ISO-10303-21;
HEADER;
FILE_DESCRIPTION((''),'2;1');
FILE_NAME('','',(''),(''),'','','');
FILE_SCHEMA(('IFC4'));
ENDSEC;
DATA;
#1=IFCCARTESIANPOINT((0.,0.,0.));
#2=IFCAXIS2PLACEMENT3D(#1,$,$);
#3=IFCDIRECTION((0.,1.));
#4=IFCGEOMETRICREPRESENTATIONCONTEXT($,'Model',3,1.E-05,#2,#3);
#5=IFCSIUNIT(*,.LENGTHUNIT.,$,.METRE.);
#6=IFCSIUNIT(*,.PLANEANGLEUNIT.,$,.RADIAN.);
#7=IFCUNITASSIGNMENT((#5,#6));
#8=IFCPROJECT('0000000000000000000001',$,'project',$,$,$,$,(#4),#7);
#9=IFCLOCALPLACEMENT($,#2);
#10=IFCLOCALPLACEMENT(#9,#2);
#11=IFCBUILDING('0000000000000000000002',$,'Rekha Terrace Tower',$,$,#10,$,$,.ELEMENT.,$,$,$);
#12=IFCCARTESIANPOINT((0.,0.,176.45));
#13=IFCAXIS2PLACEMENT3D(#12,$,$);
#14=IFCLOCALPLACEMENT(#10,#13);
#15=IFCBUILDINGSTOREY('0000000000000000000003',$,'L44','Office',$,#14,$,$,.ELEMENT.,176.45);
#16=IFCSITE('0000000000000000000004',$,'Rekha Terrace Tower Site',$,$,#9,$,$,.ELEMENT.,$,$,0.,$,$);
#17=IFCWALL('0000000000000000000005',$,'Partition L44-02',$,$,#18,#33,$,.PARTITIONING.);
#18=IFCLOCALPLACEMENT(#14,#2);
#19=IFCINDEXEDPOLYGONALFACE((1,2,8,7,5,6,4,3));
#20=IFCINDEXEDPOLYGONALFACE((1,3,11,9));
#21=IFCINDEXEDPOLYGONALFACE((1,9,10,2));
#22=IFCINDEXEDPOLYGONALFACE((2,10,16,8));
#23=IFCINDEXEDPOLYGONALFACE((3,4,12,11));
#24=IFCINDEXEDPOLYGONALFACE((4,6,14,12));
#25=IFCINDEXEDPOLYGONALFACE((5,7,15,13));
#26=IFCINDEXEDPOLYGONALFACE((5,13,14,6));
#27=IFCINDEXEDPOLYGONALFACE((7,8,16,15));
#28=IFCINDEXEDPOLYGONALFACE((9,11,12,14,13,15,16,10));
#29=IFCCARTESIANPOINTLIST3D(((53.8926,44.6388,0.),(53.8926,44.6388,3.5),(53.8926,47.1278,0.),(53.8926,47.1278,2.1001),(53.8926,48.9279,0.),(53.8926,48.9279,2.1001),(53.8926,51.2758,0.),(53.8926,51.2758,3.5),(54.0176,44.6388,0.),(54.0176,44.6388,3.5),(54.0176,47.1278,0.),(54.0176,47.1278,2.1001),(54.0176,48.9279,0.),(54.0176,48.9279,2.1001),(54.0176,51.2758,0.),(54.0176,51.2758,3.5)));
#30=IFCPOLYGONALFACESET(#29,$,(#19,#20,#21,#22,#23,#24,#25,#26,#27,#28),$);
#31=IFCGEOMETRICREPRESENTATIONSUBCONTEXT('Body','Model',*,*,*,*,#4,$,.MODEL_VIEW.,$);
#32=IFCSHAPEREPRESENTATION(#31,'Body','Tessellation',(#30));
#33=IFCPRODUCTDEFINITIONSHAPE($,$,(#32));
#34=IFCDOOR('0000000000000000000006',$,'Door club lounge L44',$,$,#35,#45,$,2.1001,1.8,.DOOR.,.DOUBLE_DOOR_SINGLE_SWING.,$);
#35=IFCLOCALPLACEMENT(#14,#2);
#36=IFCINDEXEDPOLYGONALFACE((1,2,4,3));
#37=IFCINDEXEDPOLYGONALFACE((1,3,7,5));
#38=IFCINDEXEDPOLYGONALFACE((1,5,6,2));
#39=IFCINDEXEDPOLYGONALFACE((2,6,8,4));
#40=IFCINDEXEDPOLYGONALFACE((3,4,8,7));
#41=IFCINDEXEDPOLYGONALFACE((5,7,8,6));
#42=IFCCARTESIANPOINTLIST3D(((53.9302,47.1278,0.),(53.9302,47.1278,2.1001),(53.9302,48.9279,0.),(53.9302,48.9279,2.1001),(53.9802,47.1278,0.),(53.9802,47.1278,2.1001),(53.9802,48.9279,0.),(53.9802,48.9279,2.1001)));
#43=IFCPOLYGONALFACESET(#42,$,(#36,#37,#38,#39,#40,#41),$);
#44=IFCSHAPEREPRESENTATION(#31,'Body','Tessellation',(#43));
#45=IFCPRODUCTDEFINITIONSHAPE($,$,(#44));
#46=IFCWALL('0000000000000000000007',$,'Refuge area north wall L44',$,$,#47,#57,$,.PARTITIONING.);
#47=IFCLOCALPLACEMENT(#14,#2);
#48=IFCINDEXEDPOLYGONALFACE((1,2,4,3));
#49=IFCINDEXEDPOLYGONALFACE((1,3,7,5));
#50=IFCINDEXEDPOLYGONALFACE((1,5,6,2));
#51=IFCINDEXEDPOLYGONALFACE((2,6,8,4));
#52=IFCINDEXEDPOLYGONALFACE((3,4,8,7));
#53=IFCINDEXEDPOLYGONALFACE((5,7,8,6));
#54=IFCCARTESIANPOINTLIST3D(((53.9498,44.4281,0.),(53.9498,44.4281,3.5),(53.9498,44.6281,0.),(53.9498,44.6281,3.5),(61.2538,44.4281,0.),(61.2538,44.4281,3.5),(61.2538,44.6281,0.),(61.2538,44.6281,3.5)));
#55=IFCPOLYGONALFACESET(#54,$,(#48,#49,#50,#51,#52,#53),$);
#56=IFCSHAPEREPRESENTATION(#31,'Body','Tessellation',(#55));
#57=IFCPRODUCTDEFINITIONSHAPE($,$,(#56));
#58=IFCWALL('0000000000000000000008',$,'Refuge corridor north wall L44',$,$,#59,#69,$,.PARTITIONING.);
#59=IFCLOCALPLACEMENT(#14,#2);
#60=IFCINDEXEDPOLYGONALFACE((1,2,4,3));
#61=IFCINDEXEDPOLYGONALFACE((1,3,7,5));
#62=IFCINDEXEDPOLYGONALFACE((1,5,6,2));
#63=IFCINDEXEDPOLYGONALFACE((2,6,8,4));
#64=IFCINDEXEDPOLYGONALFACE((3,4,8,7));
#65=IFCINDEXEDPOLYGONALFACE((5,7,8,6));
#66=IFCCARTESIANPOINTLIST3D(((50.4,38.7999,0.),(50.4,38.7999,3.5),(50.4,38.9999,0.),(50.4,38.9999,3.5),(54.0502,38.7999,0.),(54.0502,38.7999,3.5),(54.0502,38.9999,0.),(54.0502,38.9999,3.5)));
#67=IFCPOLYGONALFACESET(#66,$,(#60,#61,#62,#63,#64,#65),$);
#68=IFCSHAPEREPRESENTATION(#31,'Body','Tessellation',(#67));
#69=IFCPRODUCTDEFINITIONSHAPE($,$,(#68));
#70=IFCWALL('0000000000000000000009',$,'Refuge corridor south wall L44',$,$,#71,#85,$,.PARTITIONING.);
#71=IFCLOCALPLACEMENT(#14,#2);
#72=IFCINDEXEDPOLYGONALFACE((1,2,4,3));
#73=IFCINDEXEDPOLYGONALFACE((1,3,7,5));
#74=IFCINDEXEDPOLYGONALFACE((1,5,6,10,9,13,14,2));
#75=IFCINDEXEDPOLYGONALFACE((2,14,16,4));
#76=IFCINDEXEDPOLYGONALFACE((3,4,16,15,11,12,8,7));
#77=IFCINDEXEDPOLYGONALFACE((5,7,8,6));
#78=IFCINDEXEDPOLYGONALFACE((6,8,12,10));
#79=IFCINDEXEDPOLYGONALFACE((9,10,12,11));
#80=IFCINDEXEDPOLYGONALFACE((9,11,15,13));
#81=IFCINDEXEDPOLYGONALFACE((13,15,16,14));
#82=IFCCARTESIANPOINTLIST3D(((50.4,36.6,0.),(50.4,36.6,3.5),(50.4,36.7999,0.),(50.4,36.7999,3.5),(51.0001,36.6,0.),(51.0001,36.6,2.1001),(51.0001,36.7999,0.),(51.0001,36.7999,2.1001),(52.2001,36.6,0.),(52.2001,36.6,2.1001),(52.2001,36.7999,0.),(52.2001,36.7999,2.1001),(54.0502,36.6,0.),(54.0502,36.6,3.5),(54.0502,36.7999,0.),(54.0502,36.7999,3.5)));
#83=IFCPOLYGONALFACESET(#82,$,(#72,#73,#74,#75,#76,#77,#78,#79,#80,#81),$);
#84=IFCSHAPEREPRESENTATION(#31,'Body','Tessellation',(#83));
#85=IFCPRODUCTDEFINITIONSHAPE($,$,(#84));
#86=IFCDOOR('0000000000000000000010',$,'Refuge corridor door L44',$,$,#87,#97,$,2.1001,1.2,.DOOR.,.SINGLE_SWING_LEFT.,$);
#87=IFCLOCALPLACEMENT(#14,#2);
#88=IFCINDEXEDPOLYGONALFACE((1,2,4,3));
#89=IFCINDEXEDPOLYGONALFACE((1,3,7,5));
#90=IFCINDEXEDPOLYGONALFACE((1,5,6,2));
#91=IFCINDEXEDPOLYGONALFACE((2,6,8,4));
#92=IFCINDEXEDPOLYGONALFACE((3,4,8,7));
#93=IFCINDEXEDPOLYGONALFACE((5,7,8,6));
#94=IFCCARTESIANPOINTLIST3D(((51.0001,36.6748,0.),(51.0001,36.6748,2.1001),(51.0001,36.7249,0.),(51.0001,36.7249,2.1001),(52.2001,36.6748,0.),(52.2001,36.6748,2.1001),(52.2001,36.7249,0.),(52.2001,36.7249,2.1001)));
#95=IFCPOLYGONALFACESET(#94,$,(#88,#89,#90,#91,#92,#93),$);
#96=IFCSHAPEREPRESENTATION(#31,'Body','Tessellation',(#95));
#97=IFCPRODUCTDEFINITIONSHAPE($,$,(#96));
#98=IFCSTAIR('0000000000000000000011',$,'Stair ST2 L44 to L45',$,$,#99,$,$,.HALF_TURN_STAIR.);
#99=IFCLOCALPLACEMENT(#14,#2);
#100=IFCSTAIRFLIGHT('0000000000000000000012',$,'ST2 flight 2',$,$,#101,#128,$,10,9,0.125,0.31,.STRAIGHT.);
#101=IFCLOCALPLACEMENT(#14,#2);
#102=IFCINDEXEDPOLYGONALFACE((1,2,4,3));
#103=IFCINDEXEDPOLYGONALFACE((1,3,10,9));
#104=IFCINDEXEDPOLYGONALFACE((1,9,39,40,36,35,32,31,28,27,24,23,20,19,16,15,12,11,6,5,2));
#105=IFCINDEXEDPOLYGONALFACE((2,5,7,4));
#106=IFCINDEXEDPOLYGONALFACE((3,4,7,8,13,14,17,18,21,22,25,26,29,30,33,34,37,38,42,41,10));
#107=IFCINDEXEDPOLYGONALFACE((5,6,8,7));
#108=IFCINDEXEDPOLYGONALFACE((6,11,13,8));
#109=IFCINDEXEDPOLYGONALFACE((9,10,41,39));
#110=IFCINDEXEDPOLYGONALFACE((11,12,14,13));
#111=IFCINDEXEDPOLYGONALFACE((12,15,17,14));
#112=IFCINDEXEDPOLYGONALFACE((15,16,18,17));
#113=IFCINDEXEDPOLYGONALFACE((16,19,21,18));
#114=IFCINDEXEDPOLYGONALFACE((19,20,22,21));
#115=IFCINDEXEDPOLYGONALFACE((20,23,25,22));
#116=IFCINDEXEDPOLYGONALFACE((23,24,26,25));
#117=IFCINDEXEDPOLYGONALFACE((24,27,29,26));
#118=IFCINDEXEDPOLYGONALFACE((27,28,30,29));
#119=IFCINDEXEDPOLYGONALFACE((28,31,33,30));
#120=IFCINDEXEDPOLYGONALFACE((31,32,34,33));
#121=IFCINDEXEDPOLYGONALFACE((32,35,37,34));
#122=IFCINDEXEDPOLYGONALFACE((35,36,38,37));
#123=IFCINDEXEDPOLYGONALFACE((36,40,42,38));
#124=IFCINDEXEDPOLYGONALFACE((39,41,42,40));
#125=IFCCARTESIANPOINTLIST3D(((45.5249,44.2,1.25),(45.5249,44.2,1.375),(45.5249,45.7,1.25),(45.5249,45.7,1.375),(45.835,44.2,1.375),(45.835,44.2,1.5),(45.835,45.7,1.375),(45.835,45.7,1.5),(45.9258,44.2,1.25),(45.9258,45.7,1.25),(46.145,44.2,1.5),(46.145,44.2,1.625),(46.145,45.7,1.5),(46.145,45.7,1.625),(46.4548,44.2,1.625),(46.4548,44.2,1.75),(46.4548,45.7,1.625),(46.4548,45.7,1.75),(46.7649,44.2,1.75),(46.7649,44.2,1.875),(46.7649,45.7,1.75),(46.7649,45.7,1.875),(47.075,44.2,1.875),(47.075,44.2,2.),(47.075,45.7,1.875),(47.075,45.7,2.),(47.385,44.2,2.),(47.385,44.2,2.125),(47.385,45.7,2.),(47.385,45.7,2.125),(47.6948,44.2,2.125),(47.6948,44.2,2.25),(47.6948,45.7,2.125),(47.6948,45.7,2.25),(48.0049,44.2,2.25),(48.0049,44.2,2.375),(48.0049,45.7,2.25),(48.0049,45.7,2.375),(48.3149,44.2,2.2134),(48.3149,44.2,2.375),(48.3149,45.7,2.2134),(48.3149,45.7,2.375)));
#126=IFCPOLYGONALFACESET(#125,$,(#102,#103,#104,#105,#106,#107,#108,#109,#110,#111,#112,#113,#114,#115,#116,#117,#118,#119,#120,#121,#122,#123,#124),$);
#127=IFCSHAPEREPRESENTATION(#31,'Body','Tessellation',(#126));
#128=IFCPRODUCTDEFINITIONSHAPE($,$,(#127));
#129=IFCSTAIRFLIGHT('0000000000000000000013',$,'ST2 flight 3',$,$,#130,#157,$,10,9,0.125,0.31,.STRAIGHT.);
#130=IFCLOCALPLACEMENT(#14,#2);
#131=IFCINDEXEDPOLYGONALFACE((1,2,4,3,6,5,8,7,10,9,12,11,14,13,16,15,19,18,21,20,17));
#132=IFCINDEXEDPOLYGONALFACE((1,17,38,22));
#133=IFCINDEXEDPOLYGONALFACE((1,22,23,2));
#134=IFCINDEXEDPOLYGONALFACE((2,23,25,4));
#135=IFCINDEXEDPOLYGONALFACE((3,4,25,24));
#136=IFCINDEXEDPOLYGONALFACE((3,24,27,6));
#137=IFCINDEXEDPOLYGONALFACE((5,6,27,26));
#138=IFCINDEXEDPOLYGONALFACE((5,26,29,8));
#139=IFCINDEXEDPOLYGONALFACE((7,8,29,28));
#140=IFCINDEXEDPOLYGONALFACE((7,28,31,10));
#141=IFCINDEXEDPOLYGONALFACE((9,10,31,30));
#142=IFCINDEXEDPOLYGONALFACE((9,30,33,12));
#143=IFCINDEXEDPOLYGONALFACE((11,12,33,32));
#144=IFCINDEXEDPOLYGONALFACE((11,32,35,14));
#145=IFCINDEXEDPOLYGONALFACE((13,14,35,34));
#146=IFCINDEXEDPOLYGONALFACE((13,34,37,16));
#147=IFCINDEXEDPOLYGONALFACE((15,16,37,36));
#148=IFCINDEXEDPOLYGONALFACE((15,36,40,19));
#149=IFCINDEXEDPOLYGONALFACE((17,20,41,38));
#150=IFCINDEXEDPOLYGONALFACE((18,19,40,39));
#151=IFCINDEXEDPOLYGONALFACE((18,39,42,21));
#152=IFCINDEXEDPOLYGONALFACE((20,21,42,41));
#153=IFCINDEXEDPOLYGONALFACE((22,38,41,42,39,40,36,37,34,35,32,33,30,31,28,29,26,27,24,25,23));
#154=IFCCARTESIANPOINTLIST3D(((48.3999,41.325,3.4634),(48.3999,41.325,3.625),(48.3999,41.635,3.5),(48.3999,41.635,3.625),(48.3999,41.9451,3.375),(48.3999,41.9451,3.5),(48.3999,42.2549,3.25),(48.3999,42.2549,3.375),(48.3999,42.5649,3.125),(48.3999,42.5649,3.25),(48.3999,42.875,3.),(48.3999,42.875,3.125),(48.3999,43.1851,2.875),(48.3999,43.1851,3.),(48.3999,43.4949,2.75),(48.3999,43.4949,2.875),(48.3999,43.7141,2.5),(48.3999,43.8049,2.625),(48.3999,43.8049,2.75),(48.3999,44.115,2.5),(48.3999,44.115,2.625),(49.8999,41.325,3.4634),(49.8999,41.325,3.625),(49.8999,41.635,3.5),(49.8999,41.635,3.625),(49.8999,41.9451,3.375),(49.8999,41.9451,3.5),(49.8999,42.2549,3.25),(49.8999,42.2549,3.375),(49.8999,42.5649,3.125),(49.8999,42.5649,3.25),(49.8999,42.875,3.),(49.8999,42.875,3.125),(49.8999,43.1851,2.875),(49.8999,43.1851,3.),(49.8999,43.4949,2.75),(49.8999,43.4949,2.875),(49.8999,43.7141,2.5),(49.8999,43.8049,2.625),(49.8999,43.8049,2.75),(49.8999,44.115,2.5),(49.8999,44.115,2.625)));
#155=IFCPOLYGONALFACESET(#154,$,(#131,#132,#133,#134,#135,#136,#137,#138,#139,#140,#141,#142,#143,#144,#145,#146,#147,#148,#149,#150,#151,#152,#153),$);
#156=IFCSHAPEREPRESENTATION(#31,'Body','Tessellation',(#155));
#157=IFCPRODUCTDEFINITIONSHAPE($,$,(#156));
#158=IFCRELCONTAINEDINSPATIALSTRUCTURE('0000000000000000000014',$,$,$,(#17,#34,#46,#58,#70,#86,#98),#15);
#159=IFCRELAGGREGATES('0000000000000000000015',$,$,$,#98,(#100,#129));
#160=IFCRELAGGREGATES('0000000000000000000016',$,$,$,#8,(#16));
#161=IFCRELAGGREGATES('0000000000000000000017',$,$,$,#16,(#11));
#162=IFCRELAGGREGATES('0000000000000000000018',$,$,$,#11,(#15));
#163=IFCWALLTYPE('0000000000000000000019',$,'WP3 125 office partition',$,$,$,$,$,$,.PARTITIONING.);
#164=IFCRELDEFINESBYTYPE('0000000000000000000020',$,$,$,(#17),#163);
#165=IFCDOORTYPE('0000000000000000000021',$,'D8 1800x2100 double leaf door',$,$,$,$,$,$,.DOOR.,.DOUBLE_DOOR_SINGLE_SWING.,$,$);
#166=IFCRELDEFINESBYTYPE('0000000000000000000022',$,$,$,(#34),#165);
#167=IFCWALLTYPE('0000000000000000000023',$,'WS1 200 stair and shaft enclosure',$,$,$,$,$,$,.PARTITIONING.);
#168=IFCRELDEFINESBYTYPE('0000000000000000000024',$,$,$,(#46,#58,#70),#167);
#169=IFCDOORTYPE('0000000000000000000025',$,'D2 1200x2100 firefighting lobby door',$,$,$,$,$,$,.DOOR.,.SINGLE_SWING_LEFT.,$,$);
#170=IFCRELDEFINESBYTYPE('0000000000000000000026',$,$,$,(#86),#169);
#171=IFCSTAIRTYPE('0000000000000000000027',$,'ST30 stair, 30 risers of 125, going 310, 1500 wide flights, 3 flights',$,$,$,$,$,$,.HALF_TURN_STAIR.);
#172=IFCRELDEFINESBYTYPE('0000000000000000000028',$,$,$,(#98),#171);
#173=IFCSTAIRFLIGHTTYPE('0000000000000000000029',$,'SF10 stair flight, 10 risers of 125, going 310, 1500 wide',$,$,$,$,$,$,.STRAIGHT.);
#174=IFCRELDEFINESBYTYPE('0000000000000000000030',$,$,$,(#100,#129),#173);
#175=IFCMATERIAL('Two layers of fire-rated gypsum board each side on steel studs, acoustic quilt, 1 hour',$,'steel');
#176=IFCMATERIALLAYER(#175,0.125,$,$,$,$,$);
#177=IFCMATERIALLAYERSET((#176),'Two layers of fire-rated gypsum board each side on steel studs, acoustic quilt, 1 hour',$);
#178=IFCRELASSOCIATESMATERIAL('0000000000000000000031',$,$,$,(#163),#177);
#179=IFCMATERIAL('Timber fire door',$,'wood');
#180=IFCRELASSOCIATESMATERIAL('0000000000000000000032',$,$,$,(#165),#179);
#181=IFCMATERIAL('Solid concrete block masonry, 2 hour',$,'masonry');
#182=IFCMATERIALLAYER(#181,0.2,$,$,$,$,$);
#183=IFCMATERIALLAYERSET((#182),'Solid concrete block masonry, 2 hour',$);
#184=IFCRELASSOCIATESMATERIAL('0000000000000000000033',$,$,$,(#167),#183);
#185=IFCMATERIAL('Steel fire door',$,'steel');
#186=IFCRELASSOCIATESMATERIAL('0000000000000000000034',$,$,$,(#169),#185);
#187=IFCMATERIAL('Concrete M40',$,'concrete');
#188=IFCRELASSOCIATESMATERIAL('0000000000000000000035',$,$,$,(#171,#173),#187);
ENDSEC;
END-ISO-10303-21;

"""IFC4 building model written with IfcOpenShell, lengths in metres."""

from ifc_helpers import new_model, si_unit, direction, frame, frame_2d, origin, place, context, subcontext, project, spatial, polyline, rectangle, outline, extrude, material, layer, layer_set, type_object, element, fill, aggregate, save


model = new_model("IFC4")

# Units and contexts
model_context = context("Model", 3, precision=1e-05, world=origin(), true_north=direction((0.0, 1.0)))
body_context = subcontext(model_context, "Body", "Model", "MODEL_VIEW")
ifc_project = project(units=[si_unit("LENGTHUNIT", "METRE"), si_unit("PLANEANGLEUNIT", "RADIAN")], contexts=[model_context])

# Site, building, storey
site_placement = place(None, origin())
site = spatial("IfcSite", under=ifc_project, at=site_placement, Name="Rekha Terrace Tower Site", CompositionType="ELEMENT", RefElevation=0.0)
building_placement = place(site_placement, origin())
building = spatial("IfcBuilding", under=site, at=building_placement, Name="Rekha Terrace Tower", CompositionType="ELEMENT")
storey_placement = place(building_placement, frame((0.0, 0.0, 176.45)))
storey = spatial("IfcBuildingStorey", under=building, at=storey_placement, Name="L44", Description="Office", CompositionType="ELEMENT", Elevation=176.45)

# Wall, opening, door
ifc_material_1 = material(Name="Two layers of fire-rated gypsum board each side on steel studs, acoustic quilt, 1 hour", Category="steel")
ifc_layer_1 = layer(ifc_material_1, 0.125)
ifc_layer_set_1 = layer_set([ifc_layer_1], Name="Two layers of fire-rated gypsum board each side on steel studs, acoustic quilt, 1 hour")
wall_type_1 = type_object("IfcWallType", Name="WP3 125 office partition", PredefinedType="PARTITIONING", material=ifc_layer_set_1)
wall_1_placement = place(storey_placement, frame((53.9551, 44.6389, 0.0), z_axis=(0.0, 0.0, 1.0), x_axis=(0.0, 1.0, 0.0)))
wall_1 = element("IfcWall", 1, at=wall_1_placement, inside=storey, type_object=wall_type_1, Name="Partition L44-02", PredefinedType="PARTITIONING", context=body_context, shape_type="SweptSolid", body=[
    extrude(rectangle(XDim=6.637, YDim=0.125, at=frame_2d((3.3184, 0.0))), origin(), (0.0, 0.0, 1.0), 3.5),
])
opening_1_placement = place(wall_1_placement, frame((2.489, 0.0, 0.0)))
opening_1 = element("IfcOpeningElement", 2, at=opening_1_placement, cuts=wall_1, PredefinedType="OPENING", context=body_context, shape_type="SweptSolid", body=[
    extrude(rectangle(XDim=1.8, YDim=2.1001, at=frame_2d((0.8999, 1.05))), frame((0.0, 0.0725, 0.0), z_axis=(0.0, -1.0, 0.0), x_axis=(1.0, 0.0, 0.0)), (0.0, 0.0, 1.0), 0.145),
])
ifc_material_2 = material(Name="Timber fire door", Category="wood")
door_type_1 = type_object("IfcDoorType", Name="D8 1800x2100 double leaf door", OperationType="DOUBLE_DOOR_SINGLE_SWING", PredefinedType="DOOR", material=ifc_material_2)
door_1_placement = place(opening_1_placement, origin())
door_1 = element("IfcDoor", 3, at=door_1_placement, inside=storey, type_object=door_type_1, Name="Door club lounge L44", OperationType="DOUBLE_DOOR_SINGLE_SWING", OverallHeight=2.1001, OverallWidth=1.8, PredefinedType="DOOR", context=body_context, shape_type="SweptSolid", body=[
    extrude(rectangle(XDim=1.8, YDim=2.1001, at=frame_2d((0.8999, 1.05))), frame((0.0, 0.0249, 0.0), z_axis=(0.0, -1.0, 0.0), x_axis=(1.0, 0.0, 0.0)), (0.0, 0.0, 1.0), 0.05),
])
fill(opening_1, door_1)

# Walls
ifc_material_3 = material(Name="Solid concrete block masonry, 2 hour", Category="masonry")
ifc_layer_2 = layer(ifc_material_3, 0.2)
ifc_layer_set_2 = layer_set([ifc_layer_2], Name="Solid concrete block masonry, 2 hour")
wall_type_2 = type_object("IfcWallType", Name="WS1 200 stair and shaft enclosure", PredefinedType="PARTITIONING", material=ifc_layer_set_2)
wall_2_placement = place(storey_placement, frame((53.95, 44.5281, 0.0), z_axis=(0.0, 0.0, 1.0), x_axis=(1.0, 0.0, 0.0)))
element("IfcWall", 4, at=wall_2_placement, inside=storey, type_object=wall_type_2, Name="Refuge area north wall L44", PredefinedType="PARTITIONING", context=body_context, shape_type="SweptSolid", body=[
    extrude(rectangle(XDim=7.304, YDim=0.2, at=frame_2d((3.6519, 0.0))), origin(), (0.0, 0.0, 1.0), 3.5),
])
wall_3_placement = place(storey_placement, frame((50.3999, 38.8999, 0.0), z_axis=(0.0, 0.0, 1.0), x_axis=(1.0, 0.0, 0.0)))
element("IfcWall", 5, at=wall_3_placement, inside=storey, type_object=wall_type_2, Name="Refuge corridor north wall L44", PredefinedType="PARTITIONING", context=body_context, shape_type="SweptSolid", body=[
    extrude(rectangle(XDim=3.6501, YDim=0.2, at=frame_2d((1.8252, 0.0))), origin(), (0.0, 0.0, 1.0), 3.5),
])

# Wall, opening, door
wall_4_placement = place(storey_placement, frame((50.3999, 36.7, 0.0), z_axis=(0.0, 0.0, 1.0), x_axis=(1.0, 0.0, 0.0)))
wall_4 = element("IfcWall", 6, at=wall_4_placement, inside=storey, type_object=wall_type_2, Name="Refuge corridor south wall L44", PredefinedType="PARTITIONING", context=body_context, shape_type="SweptSolid", body=[
    extrude(rectangle(XDim=3.6501, YDim=0.2, at=frame_2d((1.8252, 0.0))), origin(), (0.0, 0.0, 1.0), 3.5),
])
opening_2_placement = place(wall_4_placement, frame((0.6001, 0.0, 0.0)))
opening_2 = element("IfcOpeningElement", 7, at=opening_2_placement, cuts=wall_4, PredefinedType="OPENING", context=body_context, shape_type="SweptSolid", body=[
    extrude(rectangle(XDim=1.2, YDim=2.1001, at=frame_2d((0.6001, 1.05))), frame((0.0, 0.1099, 0.0), z_axis=(0.0, -1.0, 0.0), x_axis=(1.0, 0.0, 0.0)), (0.0, 0.0, 1.0), 0.22),
])
ifc_material_4 = material(Name="Steel fire door", Category="steel")
door_type_2 = type_object("IfcDoorType", Name="D2 1200x2100 firefighting lobby door", OperationType="SINGLE_SWING_LEFT", PredefinedType="DOOR", material=ifc_material_4)
door_2_placement = place(opening_2_placement, origin())
door_2 = element("IfcDoor", 8, at=door_2_placement, inside=storey, type_object=door_type_2, Name="Refuge corridor door L44", OperationType="SINGLE_SWING_LEFT", OverallHeight=2.1001, OverallWidth=1.2, PredefinedType="DOOR", context=body_context, shape_type="SweptSolid", body=[
    extrude(rectangle(XDim=1.2, YDim=2.1001, at=frame_2d((0.6001, 1.05))), frame((0.0, 0.0249, 0.0), z_axis=(0.0, -1.0, 0.0), x_axis=(1.0, 0.0, 0.0)), (0.0, 0.0, 1.0), 0.05),
])
fill(opening_2, door_2)

# Stair, stair flights
ifc_material_5 = material(Name="Concrete M40", Category="concrete")
stair_type = type_object("IfcStairType", Name="ST30 stair, 30 risers of 125, going 310, 1500 wide flights, 3 flights", PredefinedType="HALF_TURN_STAIR", material=ifc_material_5)
stair_placement = place(storey_placement, origin())
stair = element("IfcStair", 9, at=stair_placement, inside=storey, type_object=stair_type, Name="Stair ST2 L44 to L45", PredefinedType="HALF_TURN_STAIR")
stair_flight_type = type_object("IfcStairFlightType", Name="SF10 stair flight, 10 risers of 125, going 310, 1500 wide", PredefinedType="STRAIGHT", material=ifc_material_5)
stair_flight_1_placement = place(storey_placement, frame((45.5249, 44.95, 1.25), z_axis=(0.0, 0.0, 1.0), x_axis=(1.0, 0.0, 0.0)))
stair_flight_1 = element("IfcStairFlight", 10, at=stair_flight_1_placement, type_object=stair_flight_type, Name="ST2 flight 2", NumberOfRisers=10, NumberOfTreads=9, PredefinedType="STRAIGHT", RiserHeight=0.125, TreadLength=0.31, context=body_context, shape_type="SweptSolid", body=[
    extrude(outline(polyline([(0.0, 0.0), (0.0, 0.125), (0.3101, 0.125), (0.3101, 0.25), (0.6201, 0.25), (0.6201, 0.375), (0.9299, 0.375), (0.9299, 0.5), (1.24, 0.5), (1.24, 0.625), (1.55, 0.625), (1.55, 0.75), (1.8601, 0.75), (1.8601, 0.875), (2.1699, 0.875), (2.1699, 1.0), (2.48, 1.0), (2.48, 1.125), (2.79, 1.125), (2.79, 1.25), (2.79, 0.9634), (0.4009, 0.0), (0.0, 0.0)])), frame((0.0, 0.75, 0.0), z_axis=(0.0, -1.0, 0.0), x_axis=(1.0, 0.0, 0.0)), (0.0, 0.0, 1.0), 1.5),
])
stair_flight_2_placement = place(storey_placement, frame((49.1499, 44.115, 2.5), z_axis=(0.0, 0.0, 1.0), x_axis=(0.0, -1.0, 0.0)))
stair_flight_2 = element("IfcStairFlight", 11, at=stair_flight_2_placement, type_object=stair_flight_type, Name="ST2 flight 3", NumberOfRisers=10, NumberOfTreads=9, PredefinedType="STRAIGHT", RiserHeight=0.125, TreadLength=0.31, context=body_context, shape_type="SweptSolid", body=[
    extrude(outline(polyline([(0.0, 0.0), (0.0, 0.125), (0.3101, 0.125), (0.3101, 0.25), (0.6201, 0.25), (0.6201, 0.375), (0.9299, 0.375), (0.9299, 0.5), (1.24, 0.5), (1.24, 0.625), (1.55, 0.625), (1.55, 0.75), (1.8601, 0.75), (1.8601, 0.875), (2.1699, 0.875), (2.1699, 1.0), (2.48, 1.0), (2.48, 1.125), (2.79, 1.125), (2.79, 1.25), (2.79, 0.9634), (0.4009, 0.0), (0.0, 0.0)])), frame((0.0, 0.75, 0.0), z_axis=(0.0, -1.0, 0.0), x_axis=(1.0, 0.0, 0.0)), (0.0, 0.0, 1.0), 1.5),
])
aggregate(stair, [stair_flight_1, stair_flight_2])

save(model, "model.ifc")
